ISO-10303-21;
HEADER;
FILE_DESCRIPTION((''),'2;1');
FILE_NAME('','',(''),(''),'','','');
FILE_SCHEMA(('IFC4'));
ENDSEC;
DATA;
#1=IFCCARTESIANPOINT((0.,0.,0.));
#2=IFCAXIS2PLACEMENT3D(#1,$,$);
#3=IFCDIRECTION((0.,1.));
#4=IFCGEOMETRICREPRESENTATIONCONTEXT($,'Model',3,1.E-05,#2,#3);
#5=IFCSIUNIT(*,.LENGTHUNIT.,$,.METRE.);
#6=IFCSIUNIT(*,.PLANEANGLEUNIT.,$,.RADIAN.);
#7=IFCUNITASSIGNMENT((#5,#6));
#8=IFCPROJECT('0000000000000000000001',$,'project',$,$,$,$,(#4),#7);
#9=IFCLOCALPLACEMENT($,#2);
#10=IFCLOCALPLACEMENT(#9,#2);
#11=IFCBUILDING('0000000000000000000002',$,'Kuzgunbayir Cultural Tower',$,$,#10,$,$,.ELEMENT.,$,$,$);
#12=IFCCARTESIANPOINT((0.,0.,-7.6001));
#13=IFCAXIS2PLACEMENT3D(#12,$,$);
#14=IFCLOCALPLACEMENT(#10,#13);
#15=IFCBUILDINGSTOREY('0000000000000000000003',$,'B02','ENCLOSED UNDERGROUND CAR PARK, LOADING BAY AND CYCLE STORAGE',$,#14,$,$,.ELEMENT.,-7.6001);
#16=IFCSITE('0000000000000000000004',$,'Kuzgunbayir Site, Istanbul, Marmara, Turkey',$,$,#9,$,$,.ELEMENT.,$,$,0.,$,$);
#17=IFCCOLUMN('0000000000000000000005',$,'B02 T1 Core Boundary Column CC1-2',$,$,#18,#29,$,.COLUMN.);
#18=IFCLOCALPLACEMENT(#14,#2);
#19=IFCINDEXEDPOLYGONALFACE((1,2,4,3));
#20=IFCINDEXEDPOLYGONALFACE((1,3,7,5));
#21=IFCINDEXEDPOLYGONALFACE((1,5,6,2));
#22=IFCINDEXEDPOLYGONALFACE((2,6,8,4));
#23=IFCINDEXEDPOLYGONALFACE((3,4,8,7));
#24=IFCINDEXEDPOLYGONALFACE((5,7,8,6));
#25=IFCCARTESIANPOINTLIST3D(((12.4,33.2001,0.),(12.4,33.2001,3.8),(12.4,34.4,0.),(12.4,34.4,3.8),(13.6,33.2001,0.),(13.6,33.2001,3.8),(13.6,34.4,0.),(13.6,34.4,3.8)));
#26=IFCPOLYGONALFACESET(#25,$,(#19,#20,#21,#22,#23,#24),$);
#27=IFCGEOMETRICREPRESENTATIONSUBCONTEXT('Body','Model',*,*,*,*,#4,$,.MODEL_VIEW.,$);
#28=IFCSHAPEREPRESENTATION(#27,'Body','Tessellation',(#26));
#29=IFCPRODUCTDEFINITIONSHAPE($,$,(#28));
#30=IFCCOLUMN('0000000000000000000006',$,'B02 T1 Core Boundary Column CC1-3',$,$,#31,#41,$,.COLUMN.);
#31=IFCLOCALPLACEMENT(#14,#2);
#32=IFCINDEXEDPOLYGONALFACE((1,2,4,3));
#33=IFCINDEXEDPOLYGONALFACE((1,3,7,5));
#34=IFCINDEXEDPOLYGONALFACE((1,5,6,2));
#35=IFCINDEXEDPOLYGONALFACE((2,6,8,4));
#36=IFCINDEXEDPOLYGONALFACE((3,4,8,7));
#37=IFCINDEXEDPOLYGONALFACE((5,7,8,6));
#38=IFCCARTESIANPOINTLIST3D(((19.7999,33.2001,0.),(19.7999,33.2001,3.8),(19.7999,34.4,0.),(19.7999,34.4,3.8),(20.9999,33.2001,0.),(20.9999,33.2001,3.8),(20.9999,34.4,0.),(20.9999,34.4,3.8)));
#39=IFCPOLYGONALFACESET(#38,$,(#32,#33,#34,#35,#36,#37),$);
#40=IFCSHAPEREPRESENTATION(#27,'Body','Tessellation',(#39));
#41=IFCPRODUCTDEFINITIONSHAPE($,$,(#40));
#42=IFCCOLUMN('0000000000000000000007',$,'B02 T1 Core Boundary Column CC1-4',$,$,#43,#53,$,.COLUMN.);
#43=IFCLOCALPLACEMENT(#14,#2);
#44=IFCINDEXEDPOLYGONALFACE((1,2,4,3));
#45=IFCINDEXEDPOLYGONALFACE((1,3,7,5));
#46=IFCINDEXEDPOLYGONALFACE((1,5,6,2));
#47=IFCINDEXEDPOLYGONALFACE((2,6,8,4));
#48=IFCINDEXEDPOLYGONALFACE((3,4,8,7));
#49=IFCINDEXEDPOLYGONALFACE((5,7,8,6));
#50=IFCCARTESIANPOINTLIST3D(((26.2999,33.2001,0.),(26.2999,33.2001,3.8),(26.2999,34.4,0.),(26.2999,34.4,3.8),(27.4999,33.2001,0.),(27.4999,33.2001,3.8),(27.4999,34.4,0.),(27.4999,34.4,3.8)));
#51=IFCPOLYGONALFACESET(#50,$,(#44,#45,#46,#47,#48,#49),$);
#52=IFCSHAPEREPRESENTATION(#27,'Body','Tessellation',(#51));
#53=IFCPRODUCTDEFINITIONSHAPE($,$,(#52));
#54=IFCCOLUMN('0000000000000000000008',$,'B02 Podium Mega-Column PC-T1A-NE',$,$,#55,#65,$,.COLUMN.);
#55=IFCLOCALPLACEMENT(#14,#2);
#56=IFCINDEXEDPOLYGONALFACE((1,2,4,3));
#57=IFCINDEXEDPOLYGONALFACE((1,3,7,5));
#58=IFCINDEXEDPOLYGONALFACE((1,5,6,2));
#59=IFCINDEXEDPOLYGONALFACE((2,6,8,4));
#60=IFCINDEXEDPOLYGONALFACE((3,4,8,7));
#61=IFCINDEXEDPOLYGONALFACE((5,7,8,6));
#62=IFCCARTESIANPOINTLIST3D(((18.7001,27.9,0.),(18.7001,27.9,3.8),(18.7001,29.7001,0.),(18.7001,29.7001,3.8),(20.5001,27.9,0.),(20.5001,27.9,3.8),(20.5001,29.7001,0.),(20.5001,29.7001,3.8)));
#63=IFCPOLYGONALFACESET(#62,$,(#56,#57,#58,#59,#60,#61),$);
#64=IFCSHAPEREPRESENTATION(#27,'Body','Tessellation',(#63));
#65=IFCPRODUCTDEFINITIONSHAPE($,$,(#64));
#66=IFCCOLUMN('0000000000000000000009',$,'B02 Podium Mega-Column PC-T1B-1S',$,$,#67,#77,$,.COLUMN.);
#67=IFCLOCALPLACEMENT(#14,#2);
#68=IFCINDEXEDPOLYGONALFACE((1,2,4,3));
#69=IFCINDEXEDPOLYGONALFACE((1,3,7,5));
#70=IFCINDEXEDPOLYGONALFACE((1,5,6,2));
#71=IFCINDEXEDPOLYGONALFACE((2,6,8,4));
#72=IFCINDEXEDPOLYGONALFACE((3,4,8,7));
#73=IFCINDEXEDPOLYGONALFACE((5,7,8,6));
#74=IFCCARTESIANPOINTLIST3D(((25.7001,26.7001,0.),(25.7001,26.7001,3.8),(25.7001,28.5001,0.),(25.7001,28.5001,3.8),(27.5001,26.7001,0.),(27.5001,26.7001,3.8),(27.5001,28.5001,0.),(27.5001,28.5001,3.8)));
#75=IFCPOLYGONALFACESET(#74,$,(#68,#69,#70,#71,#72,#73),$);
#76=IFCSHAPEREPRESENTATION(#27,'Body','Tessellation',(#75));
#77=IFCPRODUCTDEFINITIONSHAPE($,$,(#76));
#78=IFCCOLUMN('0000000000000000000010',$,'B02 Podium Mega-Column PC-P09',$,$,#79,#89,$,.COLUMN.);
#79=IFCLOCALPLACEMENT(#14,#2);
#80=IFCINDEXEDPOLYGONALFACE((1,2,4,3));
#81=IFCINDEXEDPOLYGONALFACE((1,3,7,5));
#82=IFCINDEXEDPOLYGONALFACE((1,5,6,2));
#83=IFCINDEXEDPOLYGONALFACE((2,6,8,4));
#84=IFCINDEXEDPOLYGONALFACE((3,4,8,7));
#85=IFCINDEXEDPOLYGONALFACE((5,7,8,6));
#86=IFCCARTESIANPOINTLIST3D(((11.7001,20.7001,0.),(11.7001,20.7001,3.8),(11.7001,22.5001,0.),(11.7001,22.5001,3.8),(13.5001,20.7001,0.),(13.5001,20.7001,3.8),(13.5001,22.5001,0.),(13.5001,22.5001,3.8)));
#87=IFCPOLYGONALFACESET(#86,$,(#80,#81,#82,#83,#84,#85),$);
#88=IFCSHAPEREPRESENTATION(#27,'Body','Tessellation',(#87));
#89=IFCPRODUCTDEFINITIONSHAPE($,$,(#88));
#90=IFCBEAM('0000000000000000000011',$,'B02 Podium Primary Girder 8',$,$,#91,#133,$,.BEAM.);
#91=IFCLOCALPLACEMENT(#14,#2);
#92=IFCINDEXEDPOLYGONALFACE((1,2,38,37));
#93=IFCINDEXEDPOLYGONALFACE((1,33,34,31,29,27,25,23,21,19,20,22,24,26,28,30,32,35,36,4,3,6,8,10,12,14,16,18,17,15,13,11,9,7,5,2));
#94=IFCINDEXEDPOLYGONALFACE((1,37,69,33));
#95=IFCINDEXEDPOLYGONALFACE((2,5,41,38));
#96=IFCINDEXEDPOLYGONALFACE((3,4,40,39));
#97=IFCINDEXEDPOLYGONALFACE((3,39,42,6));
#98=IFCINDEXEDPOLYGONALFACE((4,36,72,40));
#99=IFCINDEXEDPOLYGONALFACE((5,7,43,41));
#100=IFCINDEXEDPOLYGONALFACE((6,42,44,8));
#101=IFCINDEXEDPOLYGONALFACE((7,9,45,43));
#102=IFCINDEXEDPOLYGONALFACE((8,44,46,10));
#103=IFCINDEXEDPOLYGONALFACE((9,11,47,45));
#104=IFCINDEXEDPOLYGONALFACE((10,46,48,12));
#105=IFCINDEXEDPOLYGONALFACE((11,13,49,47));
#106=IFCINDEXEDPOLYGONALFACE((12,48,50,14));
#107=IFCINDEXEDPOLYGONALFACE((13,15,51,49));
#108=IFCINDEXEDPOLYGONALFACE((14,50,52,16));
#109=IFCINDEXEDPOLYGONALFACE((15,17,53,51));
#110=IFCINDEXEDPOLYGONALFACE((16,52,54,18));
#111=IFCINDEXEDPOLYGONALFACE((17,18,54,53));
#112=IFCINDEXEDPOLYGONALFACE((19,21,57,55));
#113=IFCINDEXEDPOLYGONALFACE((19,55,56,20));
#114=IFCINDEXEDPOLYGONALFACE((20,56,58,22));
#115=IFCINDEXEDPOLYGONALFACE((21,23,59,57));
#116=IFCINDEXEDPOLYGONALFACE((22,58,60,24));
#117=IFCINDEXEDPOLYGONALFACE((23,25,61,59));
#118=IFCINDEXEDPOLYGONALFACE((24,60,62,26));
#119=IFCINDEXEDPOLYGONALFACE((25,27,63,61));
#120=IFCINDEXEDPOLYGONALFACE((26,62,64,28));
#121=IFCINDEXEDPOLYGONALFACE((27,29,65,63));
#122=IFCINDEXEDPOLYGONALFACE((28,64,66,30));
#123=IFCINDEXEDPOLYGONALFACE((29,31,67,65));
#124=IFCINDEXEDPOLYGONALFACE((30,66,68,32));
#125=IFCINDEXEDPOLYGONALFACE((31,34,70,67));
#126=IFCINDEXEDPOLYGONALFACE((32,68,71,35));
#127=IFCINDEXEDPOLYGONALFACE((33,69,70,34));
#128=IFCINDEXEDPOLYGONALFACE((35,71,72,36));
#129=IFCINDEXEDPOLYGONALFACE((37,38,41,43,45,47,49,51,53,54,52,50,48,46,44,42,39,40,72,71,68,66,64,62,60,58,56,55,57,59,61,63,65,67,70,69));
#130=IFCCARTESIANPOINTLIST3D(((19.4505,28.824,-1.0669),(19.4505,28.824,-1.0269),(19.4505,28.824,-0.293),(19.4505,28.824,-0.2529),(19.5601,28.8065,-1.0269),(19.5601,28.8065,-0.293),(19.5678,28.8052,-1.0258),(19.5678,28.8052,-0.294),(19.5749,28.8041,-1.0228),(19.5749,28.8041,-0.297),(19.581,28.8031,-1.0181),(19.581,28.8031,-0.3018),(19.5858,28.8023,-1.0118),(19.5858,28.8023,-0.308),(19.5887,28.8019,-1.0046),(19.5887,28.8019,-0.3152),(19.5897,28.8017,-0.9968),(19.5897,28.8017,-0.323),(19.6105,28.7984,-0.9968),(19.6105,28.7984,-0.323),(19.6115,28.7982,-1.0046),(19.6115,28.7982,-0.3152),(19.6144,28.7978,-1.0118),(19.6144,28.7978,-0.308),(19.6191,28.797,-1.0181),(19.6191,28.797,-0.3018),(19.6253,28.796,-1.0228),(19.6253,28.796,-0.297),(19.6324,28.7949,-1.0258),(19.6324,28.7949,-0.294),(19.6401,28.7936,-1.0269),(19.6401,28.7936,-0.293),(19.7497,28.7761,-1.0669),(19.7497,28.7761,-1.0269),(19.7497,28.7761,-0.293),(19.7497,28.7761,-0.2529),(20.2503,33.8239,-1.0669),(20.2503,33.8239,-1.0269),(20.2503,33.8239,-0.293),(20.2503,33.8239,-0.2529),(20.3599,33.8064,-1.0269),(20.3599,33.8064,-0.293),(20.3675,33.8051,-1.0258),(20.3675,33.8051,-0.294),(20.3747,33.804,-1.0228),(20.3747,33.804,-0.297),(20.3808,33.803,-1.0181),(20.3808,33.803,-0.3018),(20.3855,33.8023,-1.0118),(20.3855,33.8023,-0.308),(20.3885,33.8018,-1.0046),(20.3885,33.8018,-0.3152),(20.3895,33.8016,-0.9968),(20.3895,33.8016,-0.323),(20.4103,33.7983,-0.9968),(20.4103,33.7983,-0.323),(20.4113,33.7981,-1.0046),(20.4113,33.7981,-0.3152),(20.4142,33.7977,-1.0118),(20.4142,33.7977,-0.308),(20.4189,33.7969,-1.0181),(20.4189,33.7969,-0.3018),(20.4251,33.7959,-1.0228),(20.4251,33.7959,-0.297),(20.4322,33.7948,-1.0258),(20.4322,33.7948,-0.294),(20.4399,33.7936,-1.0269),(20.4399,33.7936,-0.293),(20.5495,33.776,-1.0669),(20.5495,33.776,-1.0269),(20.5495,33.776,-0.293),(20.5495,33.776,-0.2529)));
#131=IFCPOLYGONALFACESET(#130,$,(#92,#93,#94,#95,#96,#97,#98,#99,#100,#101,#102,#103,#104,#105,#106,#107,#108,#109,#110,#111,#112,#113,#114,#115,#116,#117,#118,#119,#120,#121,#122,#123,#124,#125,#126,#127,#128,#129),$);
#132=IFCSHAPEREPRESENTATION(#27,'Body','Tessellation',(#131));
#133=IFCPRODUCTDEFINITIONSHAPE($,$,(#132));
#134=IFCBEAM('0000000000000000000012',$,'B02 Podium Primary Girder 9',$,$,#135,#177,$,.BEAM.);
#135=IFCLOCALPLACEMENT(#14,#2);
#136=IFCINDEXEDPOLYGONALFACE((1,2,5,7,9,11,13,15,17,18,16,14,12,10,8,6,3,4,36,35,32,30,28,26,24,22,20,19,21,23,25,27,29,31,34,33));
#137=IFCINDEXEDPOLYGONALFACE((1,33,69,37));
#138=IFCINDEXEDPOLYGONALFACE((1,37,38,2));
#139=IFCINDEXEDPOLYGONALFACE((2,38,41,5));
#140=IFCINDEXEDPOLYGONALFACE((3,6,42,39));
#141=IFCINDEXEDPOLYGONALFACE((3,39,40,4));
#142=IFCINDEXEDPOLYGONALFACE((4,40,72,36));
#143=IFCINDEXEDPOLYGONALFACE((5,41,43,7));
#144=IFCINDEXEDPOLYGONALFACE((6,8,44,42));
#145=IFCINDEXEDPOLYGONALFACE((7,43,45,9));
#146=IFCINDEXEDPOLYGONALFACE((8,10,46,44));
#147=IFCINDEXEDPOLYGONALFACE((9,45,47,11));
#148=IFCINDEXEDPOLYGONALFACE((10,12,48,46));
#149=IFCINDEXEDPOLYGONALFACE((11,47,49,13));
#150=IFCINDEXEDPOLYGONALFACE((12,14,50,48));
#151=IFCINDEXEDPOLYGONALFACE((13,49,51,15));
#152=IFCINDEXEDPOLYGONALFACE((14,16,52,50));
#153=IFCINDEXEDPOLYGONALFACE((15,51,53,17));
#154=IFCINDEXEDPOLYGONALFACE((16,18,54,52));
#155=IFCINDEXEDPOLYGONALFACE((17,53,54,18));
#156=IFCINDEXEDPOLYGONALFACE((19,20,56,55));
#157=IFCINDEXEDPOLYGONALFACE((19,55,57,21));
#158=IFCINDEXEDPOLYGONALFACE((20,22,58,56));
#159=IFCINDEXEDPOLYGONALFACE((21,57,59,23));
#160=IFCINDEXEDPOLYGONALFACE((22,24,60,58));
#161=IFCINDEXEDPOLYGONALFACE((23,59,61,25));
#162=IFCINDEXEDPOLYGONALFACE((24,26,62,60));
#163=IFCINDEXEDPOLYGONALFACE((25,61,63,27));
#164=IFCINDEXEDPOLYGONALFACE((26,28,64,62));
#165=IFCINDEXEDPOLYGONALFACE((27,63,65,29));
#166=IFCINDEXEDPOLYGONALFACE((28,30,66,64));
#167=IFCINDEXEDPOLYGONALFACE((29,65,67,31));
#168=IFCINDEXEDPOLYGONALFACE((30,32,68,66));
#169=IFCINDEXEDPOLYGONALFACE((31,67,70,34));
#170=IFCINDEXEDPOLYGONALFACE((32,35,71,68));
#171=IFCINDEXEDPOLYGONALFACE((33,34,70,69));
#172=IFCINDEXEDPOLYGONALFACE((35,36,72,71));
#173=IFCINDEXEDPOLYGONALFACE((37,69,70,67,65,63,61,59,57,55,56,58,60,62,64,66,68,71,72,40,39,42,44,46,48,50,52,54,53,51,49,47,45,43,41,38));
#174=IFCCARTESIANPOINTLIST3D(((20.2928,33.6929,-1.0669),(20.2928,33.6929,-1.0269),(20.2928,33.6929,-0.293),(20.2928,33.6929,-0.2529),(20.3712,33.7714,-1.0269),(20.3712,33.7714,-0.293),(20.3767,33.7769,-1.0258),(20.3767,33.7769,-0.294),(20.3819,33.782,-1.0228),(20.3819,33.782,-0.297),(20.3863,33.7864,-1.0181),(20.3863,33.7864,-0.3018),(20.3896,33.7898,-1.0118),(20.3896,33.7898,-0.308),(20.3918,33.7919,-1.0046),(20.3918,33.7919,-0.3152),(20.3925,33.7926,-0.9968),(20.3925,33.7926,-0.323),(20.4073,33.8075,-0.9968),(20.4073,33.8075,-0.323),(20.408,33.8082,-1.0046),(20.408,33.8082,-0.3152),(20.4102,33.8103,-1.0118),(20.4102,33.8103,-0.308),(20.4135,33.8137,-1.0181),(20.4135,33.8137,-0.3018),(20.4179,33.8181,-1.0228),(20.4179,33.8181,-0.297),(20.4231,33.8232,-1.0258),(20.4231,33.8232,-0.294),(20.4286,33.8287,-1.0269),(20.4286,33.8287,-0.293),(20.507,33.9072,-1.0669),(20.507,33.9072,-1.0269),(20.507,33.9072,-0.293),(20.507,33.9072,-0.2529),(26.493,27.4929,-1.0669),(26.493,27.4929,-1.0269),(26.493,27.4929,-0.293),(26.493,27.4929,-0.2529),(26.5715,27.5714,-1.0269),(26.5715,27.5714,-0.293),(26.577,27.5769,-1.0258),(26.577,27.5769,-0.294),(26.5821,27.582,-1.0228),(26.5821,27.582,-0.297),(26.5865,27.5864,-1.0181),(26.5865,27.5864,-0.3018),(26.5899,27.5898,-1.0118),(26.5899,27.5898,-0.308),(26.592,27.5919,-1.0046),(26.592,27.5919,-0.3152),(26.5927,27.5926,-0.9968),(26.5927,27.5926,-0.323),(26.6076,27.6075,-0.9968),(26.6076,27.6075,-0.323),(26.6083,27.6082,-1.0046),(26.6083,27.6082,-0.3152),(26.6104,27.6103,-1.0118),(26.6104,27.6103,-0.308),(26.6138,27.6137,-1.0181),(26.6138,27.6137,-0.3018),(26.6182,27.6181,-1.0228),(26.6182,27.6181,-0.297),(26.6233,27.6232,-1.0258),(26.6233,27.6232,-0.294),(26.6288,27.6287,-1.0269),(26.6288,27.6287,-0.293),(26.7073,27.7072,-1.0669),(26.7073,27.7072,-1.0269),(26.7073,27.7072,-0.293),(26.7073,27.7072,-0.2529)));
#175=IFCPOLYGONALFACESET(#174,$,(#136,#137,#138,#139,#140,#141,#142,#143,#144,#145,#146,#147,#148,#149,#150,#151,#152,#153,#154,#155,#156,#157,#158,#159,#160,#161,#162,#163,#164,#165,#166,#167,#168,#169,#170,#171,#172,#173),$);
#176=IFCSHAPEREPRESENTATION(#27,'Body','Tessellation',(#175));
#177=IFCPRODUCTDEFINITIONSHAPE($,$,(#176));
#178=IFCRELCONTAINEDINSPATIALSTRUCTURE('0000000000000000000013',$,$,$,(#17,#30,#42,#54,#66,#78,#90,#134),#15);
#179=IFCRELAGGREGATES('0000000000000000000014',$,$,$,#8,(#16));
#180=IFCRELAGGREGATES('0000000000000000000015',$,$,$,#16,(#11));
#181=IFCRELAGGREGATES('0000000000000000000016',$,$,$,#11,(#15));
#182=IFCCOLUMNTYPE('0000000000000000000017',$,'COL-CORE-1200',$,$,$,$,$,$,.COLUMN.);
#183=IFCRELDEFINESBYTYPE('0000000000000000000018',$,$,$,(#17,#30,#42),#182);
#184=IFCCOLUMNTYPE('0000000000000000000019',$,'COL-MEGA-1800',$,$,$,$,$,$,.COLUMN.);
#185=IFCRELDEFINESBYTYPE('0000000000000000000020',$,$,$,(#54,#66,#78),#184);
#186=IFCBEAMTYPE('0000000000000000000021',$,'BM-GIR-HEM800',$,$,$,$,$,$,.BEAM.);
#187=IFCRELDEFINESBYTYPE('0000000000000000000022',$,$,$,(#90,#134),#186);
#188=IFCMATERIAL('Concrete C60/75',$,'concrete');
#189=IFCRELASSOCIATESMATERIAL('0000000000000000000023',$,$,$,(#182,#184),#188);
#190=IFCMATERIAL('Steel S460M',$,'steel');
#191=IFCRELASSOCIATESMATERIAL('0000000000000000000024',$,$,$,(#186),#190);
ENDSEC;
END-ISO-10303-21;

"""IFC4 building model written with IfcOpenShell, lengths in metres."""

from ifc_helpers import new_model, si_unit, direction, frame, origin, origin_2d, place, context, subcontext, project, spatial, rectangle, i_section, extrude, material, material_profile, profile_set, type_object, element, save


model = new_model("IFC4")

# Units and contexts
model_context = context("Model", 3, precision=1e-05, world=origin(), true_north=direction((0.0, 1.0)))
body_context = subcontext(model_context, "Body", "Model", "MODEL_VIEW")
ifc_project = project(units=[si_unit("LENGTHUNIT", "METRE"), si_unit("PLANEANGLEUNIT", "RADIAN")], contexts=[model_context])

# Site, building, storey
site_placement = place(None, origin())
site = spatial("IfcSite", under=ifc_project, at=site_placement, Name="Kuzgunbayir Site, Istanbul, Marmara, Turkey", CompositionType="ELEMENT", RefElevation=0.0)
building_placement = place(site_placement, origin())
building = spatial("IfcBuilding", under=site, at=building_placement, Name="Kuzgunbayir Cultural Tower", CompositionType="ELEMENT")
storey_placement = place(building_placement, frame((0.0, 0.0, -7.6001)))
storey = spatial("IfcBuildingStorey", under=building, at=storey_placement, Name="B02", Description="ENCLOSED UNDERGROUND CAR PARK, LOADING BAY AND CYCLE STORAGE", CompositionType="ELEMENT", Elevation=-7.6001)

# Columns
ifc_material_1 = material(Name="Concrete C60/75", Category="concrete")
ifc_material_profile_1 = material_profile(ifc_material_1, rectangle(XDim=1.2, YDim=1.2, at=origin_2d()), Name="RC 1200x1200")
ifc_profile_set_1 = profile_set([ifc_material_profile_1], Name="Concrete C60/75")
column_type_1 = type_object("IfcColumnType", Name="COL-CORE-1200", PredefinedType="COLUMN", material=ifc_profile_set_1)
for number, where, z_axis, x_axis, name in (
    (1, (13.0, 33.8, 0.0), (0.0, 0.0, 1.0), (1.0, 0.0, 0.0), "B02 T1 Core Boundary Column CC1-2"),
    (2, (20.3999, 33.8, 0.0), (0.0, 0.0, 1.0), (1.0, 0.0, 0.0), "B02 T1 Core Boundary Column CC1-3"),
    (3, (26.8999, 33.8, 0.0), (0.0, 0.0, 1.0), (1.0, 0.0, 0.0), "B02 T1 Core Boundary Column CC1-4"),
):
    element("IfcColumn", number, at=place(storey_placement, frame(where, z_axis=z_axis, x_axis=x_axis)), inside=storey, type_object=column_type_1, Name=name, PredefinedType="COLUMN", context=body_context, shape_type="SweptSolid", body=[
        extrude(rectangle(XDim=1.2, YDim=1.2, at=origin_2d()), origin(), (0.0, 0.0, 1.0), 3.8),
    ])
ifc_material_profile_2 = material_profile(ifc_material_1, rectangle(XDim=1.8, YDim=1.8, at=origin_2d()), Name="RC 1800x1800")
ifc_profile_set_2 = profile_set([ifc_material_profile_2], Name="Concrete C60/75")
column_type_2 = type_object("IfcColumnType", Name="COL-MEGA-1800", PredefinedType="COLUMN", material=ifc_profile_set_2)
for number, where, z_axis, x_axis, name in (
    (4, (19.6001, 28.8, 0.0), (0.0, 0.0, 1.0), (1.0, 0.0, 0.0), "B02 Podium Mega-Column PC-T1A-NE"),
    (5, (26.6001, 27.6001, 0.0), (0.0, 0.0, 1.0), (1.0, 0.0, 0.0), "B02 Podium Mega-Column PC-T1B-1S"),
    (6, (12.6001, 21.6001, 0.0), (0.0, 0.0, 1.0), (1.0, 0.0, 0.0), "B02 Podium Mega-Column PC-P09"),
):
    element("IfcColumn", number, at=place(storey_placement, frame(where, z_axis=z_axis, x_axis=x_axis)), inside=storey, type_object=column_type_2, Name=name, PredefinedType="COLUMN", context=body_context, shape_type="SweptSolid", body=[
        extrude(rectangle(XDim=1.8, YDim=1.8, at=origin_2d()), origin(), (0.0, 0.0, 1.0), 3.8),
    ])

# Beams
ifc_material_2 = material(Name="Steel S460M", Category="steel")
ifc_material_profile_3 = material_profile(ifc_material_2, i_section(OverallWidth=0.303, OverallDepth=0.814, WebThickness=0.021, FlangeThickness=0.04, FilletRadius=0.03, at=origin_2d()), Name="HEM 800")
ifc_profile_set_3 = profile_set([ifc_material_profile_3], Name="Steel S460M")
beam_type = type_object("IfcBeamType", Name="BM-GIR-HEM800", PredefinedType="BEAM", material=ifc_profile_set_3)
beam_1_placement = place(storey_placement, frame((19.6001, 28.8, -0.6599), z_axis=(0.157953, 0.987447, 0.0), x_axis=(-0.987447, 0.157953, 0.0)))
element("IfcBeam", 7, at=beam_1_placement, inside=storey, type_object=beam_type, Name="B02 Podium Primary Girder 8", PredefinedType="BEAM", context=body_context, shape_type="SweptSolid", body=[
    extrude(i_section(OverallWidth=0.303, OverallDepth=0.814, WebThickness=0.021, FlangeThickness=0.04, FilletRadius=0.03, at=origin_2d()), origin(), (0.0, 0.0, 1.0), 5.0635),
])
beam_2_placement = place(storey_placement, frame((20.3999, 33.8, -0.6599), z_axis=(0.707121, -0.707093, 0.0), x_axis=(0.707093, 0.707121, 0.0)))
element("IfcBeam", 8, at=beam_2_placement, inside=storey, type_object=beam_type, Name="B02 Podium Primary Girder 9", PredefinedType="BEAM", context=body_context, shape_type="SweptSolid", body=[
    extrude(i_section(OverallWidth=0.303, OverallDepth=0.814, WebThickness=0.021, FlangeThickness=0.04, FilletRadius=0.03, at=origin_2d()), origin(), (0.0, 0.0, 1.0), 8.7683),
])

save(model, "model.ifc")
